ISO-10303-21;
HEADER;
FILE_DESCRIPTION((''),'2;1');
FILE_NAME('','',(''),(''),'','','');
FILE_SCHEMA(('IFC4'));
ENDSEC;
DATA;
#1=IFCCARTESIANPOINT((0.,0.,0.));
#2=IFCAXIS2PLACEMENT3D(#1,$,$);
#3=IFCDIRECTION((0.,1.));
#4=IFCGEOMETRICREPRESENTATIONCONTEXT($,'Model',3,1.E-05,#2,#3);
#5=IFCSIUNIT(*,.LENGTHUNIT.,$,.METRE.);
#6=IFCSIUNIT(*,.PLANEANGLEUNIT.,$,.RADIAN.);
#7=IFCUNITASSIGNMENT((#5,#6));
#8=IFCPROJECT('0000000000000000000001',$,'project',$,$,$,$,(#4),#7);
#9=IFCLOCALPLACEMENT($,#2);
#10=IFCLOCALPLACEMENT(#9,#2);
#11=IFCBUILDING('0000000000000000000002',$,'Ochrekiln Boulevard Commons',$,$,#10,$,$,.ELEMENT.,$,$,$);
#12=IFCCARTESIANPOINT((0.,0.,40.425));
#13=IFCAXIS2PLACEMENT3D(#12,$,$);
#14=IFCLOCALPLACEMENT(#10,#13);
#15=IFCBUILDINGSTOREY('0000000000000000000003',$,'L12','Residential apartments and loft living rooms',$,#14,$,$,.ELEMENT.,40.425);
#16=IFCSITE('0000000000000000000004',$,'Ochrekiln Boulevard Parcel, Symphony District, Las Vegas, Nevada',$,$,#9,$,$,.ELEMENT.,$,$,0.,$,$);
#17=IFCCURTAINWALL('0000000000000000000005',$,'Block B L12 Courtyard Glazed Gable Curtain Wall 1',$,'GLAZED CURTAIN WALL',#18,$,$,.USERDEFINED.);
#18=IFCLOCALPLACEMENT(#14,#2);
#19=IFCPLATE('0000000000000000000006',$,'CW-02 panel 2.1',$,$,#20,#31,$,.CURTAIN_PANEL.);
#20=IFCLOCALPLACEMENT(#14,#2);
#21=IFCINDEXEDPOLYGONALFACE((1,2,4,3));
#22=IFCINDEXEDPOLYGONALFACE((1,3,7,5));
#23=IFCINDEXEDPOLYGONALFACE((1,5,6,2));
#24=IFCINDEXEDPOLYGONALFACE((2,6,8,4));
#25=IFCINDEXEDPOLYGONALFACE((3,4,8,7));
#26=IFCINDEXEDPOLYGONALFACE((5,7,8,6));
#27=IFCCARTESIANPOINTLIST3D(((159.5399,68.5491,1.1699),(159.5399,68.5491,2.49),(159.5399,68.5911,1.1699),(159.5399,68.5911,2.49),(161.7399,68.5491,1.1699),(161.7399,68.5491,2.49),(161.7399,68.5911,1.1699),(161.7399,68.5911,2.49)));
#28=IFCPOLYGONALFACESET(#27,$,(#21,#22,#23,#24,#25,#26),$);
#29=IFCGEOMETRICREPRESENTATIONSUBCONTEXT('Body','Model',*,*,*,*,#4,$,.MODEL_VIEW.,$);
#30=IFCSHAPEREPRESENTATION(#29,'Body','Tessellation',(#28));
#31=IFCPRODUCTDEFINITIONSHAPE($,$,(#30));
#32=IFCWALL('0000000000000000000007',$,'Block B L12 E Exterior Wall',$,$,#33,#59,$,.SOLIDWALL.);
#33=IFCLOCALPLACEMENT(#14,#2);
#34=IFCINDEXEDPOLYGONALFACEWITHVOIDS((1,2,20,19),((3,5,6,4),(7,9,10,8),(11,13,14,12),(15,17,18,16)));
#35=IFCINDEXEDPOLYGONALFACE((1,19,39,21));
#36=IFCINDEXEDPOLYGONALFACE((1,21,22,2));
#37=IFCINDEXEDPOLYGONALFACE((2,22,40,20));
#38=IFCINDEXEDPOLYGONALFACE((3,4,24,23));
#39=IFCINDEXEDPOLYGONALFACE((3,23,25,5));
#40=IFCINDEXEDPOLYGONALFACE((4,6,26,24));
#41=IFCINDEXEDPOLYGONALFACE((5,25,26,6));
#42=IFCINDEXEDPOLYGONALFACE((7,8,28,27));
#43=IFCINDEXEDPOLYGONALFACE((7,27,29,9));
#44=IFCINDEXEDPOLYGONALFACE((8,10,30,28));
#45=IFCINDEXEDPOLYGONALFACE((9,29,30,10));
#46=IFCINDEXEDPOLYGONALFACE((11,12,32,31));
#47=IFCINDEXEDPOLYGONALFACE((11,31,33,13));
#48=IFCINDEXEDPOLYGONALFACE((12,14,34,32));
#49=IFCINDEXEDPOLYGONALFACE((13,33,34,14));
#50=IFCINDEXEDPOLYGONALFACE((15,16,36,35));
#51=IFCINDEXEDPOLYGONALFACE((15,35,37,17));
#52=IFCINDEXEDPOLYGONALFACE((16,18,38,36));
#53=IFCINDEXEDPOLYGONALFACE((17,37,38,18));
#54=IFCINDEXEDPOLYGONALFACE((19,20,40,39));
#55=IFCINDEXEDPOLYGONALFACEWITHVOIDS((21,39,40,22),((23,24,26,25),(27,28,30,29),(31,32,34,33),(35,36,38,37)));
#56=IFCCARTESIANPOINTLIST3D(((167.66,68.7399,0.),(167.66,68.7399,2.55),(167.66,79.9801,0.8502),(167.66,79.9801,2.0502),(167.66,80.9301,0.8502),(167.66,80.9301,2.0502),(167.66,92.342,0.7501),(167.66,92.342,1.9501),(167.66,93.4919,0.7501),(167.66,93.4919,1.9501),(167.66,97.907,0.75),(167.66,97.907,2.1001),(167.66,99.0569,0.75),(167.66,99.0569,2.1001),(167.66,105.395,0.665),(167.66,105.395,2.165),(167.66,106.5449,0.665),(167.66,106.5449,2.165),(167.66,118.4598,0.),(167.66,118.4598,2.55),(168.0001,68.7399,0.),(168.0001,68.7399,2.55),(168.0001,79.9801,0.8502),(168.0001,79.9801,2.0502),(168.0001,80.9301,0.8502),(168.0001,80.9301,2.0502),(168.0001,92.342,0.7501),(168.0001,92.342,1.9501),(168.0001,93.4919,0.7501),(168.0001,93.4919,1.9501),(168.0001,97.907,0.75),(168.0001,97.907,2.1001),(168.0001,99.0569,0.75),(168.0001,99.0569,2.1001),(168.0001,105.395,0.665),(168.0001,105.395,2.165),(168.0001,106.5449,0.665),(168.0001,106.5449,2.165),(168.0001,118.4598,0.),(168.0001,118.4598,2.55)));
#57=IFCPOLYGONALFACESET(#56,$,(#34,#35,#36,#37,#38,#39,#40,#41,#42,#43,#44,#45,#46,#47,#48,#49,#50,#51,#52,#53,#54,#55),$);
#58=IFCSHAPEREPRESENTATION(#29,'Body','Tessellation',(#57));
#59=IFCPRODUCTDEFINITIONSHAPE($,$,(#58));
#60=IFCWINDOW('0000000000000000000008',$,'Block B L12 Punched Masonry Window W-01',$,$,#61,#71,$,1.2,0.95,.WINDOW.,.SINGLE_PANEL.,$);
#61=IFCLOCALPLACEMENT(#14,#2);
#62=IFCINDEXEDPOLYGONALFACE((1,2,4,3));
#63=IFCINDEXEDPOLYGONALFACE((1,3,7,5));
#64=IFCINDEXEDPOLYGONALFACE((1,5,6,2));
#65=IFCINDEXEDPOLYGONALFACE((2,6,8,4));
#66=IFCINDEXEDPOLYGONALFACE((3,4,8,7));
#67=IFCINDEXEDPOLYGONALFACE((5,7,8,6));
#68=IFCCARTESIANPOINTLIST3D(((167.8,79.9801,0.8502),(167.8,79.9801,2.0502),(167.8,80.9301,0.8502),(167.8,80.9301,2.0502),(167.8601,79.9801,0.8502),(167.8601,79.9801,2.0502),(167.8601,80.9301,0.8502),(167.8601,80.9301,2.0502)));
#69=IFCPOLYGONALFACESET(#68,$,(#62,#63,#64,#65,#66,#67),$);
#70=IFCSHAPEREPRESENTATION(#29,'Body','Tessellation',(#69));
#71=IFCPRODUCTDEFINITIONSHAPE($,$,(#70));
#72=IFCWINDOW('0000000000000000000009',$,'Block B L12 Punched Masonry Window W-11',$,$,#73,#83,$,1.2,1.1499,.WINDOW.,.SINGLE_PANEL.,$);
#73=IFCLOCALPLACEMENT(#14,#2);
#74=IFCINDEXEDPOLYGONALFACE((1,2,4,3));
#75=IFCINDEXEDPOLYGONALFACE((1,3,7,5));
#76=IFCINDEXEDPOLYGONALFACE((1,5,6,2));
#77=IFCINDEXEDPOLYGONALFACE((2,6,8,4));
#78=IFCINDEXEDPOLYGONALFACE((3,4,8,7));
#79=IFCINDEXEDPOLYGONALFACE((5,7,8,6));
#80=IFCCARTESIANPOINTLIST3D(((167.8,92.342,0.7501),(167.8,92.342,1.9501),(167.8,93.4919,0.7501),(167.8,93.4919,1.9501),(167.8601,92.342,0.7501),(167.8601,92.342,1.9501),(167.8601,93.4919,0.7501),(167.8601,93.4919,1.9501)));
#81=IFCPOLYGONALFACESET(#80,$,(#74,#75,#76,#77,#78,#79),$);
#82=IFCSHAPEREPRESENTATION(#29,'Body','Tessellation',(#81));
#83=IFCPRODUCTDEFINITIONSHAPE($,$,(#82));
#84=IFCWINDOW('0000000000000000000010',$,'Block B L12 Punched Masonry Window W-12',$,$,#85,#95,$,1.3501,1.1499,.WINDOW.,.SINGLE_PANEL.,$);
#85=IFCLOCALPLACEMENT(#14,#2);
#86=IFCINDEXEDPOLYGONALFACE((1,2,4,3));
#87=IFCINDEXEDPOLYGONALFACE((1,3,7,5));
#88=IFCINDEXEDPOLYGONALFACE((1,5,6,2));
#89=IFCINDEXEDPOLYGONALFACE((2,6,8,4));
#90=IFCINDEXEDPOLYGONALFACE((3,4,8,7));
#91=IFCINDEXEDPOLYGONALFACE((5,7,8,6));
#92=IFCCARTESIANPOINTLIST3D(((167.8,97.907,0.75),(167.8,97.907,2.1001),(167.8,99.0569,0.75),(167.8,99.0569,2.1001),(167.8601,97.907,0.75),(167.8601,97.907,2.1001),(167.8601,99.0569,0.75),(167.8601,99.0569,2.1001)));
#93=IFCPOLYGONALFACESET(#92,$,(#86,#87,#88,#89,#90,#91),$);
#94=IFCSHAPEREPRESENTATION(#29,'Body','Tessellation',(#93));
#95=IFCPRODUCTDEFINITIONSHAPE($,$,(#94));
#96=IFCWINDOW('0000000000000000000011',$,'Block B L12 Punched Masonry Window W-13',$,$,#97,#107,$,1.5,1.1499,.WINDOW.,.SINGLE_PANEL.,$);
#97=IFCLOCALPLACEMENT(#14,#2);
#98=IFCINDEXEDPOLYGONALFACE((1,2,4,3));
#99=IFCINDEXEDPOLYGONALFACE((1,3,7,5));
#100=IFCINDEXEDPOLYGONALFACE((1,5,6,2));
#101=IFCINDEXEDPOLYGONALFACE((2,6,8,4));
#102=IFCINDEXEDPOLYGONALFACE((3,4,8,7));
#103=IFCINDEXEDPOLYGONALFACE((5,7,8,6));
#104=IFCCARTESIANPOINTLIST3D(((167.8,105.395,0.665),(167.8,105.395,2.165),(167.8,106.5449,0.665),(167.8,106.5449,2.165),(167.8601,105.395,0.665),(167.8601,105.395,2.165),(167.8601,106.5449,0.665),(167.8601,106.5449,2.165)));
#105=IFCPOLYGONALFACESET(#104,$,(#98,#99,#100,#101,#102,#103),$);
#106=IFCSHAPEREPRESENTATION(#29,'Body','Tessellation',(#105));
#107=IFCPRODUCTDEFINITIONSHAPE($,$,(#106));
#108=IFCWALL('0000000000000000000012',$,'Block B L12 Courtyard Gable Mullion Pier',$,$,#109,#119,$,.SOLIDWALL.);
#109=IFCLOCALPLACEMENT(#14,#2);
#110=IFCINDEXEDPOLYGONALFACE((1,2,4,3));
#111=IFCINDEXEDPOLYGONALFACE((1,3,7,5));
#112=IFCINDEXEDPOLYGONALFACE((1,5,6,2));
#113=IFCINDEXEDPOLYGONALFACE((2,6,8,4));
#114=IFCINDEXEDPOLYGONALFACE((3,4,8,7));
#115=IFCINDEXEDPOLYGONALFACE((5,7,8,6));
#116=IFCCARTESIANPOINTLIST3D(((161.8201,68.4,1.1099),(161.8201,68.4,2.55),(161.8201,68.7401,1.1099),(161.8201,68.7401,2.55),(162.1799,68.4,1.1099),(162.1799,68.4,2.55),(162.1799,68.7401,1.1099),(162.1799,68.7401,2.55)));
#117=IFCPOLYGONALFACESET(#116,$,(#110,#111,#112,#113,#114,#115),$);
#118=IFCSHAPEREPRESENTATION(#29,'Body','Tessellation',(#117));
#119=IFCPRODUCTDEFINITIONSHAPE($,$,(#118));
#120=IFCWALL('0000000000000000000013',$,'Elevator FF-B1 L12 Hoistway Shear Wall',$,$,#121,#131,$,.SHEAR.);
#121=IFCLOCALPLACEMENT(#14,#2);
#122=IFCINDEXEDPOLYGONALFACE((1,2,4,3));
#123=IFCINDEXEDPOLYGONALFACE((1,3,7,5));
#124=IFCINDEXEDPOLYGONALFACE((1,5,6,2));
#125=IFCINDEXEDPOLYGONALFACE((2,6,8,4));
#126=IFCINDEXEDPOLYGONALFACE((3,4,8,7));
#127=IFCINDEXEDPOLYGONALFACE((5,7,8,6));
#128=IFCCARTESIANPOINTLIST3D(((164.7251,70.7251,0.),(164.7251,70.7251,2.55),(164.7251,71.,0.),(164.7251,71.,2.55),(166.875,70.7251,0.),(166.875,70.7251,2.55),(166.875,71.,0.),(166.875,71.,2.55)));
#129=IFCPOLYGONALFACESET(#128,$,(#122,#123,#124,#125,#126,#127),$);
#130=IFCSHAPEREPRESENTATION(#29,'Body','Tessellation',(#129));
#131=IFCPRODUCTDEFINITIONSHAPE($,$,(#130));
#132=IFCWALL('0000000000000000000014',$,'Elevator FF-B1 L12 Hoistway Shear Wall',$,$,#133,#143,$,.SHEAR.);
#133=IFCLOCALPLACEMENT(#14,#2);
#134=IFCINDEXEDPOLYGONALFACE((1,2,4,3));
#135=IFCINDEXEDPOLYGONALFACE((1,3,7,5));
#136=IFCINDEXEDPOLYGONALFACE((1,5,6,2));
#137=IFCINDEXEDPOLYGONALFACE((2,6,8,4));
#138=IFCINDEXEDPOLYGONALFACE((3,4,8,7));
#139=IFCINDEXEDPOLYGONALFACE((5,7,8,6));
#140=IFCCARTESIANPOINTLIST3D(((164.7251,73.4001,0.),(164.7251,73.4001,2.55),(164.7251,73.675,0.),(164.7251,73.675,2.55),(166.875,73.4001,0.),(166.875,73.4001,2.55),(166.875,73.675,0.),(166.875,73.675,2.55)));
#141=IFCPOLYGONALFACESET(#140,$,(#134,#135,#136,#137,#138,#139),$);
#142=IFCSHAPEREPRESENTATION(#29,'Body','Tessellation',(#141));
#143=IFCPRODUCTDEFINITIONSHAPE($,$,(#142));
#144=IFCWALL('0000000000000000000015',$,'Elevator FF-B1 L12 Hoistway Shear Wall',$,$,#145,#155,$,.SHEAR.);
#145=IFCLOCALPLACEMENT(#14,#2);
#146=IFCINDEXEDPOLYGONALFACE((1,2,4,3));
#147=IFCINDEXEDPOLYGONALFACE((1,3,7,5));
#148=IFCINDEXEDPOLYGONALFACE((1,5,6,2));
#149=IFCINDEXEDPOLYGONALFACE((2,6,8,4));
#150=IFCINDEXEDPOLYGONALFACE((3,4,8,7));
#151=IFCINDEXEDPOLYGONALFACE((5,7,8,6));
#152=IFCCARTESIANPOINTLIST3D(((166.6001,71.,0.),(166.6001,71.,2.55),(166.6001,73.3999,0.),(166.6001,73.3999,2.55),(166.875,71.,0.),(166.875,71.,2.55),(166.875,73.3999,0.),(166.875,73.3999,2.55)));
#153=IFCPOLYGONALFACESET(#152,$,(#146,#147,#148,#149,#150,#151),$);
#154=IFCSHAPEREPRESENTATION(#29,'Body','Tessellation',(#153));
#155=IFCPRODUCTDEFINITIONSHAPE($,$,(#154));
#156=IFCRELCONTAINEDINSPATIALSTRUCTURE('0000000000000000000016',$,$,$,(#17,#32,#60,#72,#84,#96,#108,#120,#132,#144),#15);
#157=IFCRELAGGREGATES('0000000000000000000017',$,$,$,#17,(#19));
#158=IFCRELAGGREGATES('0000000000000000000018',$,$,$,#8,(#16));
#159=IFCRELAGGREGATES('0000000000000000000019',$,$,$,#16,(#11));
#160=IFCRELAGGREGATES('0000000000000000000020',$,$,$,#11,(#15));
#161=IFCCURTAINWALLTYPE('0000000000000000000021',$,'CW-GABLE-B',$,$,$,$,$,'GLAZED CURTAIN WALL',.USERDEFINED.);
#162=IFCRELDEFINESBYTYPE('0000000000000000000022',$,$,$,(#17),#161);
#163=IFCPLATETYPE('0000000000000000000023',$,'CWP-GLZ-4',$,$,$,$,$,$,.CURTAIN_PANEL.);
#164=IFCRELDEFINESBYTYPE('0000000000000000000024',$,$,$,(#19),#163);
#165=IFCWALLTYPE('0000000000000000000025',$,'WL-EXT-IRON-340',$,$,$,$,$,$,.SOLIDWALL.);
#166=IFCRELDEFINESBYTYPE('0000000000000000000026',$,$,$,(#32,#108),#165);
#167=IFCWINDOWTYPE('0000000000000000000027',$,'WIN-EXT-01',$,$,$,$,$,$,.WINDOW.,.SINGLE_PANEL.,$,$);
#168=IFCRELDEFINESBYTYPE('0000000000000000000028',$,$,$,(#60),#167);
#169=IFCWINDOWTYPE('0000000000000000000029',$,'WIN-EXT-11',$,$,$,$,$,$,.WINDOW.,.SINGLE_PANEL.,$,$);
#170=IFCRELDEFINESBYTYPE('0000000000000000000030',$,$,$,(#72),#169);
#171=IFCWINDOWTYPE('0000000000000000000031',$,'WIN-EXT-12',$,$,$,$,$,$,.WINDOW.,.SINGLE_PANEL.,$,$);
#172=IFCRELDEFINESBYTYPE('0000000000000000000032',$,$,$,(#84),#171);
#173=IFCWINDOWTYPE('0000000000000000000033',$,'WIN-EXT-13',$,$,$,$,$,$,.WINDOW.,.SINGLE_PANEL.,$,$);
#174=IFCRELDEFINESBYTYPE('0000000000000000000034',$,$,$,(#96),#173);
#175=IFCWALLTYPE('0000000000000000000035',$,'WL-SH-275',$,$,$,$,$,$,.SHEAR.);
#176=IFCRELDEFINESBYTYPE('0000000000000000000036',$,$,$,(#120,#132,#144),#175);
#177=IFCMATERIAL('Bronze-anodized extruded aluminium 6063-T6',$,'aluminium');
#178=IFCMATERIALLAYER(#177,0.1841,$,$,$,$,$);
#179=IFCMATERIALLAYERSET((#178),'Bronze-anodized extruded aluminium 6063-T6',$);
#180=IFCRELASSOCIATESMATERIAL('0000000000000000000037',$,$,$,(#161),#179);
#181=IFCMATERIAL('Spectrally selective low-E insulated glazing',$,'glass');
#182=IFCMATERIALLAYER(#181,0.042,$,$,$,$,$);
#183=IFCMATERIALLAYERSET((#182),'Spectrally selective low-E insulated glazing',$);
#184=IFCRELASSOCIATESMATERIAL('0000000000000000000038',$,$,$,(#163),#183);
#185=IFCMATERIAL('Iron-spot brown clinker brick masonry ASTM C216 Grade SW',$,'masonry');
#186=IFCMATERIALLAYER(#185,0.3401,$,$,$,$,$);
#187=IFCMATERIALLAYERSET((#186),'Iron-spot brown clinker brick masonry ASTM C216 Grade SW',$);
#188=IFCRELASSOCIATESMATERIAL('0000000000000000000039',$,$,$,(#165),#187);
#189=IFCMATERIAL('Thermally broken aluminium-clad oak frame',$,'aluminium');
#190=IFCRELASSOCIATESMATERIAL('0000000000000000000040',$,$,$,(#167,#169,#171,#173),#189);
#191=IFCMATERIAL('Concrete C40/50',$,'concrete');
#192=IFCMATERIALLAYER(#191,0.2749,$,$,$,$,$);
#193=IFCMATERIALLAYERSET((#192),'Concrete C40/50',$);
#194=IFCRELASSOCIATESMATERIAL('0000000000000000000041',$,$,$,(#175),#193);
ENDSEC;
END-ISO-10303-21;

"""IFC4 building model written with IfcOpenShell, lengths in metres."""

from ifc_helpers import new_model, si_unit, direction, frame, frame_2d, origin, origin_2d, place, context, subcontext, project, spatial, rectangle, extrude, material, layer, layer_set, type_object, element, fill, aggregate, save


model = new_model("IFC4")

# Units and contexts
model_context = context("Model", 3, precision=1e-05, world=origin(), true_north=direction((0.0, 1.0)))
body_context = subcontext(model_context, "Body", "Model", "MODEL_VIEW")
ifc_project = project(units=[si_unit("LENGTHUNIT", "METRE"), si_unit("PLANEANGLEUNIT", "RADIAN")], contexts=[model_context])

# Site, building, storey
site_placement = place(None, origin())
site = spatial("IfcSite", under=ifc_project, at=site_placement, Name="Ochrekiln Boulevard Parcel, Symphony District, Las Vegas, Nevada", CompositionType="ELEMENT", RefElevation=0.0)
building_placement = place(site_placement, origin())
building = spatial("IfcBuilding", under=site, at=building_placement, Name="Ochrekiln Boulevard Commons", CompositionType="ELEMENT")
storey_placement = place(building_placement, frame((0.0, 0.0, 40.425)))
storey = spatial("IfcBuildingStorey", under=building, at=storey_placement, Name="L12", Description="Residential apartments and loft living rooms", CompositionType="ELEMENT", Elevation=40.425)

# Curtain wall
ifc_material_1 = material(Name="Bronze-anodized extruded aluminium 6063-T6", Category="aluminium")
ifc_layer_1 = layer(ifc_material_1, 0.1841)
ifc_layer_set_1 = layer_set([ifc_layer_1], Name="Bronze-anodized extruded aluminium 6063-T6")
curtain_wall_type = type_object("IfcCurtainWallType", Name="CW-GABLE-B", ElementType="GLAZED CURTAIN WALL", PredefinedType="USERDEFINED", material=ifc_layer_set_1)
curtain_wall_1_placement = place(storey_placement, origin())
curtain_wall_1 = element("IfcCurtainWall", 1, at=curtain_wall_1_placement, inside=storey, type_object=curtain_wall_type, Name="Block B L12 Courtyard Glazed Gable Curtain Wall 1", ObjectType="GLAZED CURTAIN WALL", PredefinedType="USERDEFINED")

# Shared definitions
ifc_material_2 = material(Name="Concrete C40/50", Category="concrete")

# Plate
ifc_material_3 = material(Name="Spectrally selective low-E insulated glazing", Category="glass")
ifc_layer_2 = layer(ifc_material_3, 0.042)
ifc_layer_set_2 = layer_set([ifc_layer_2], Name="Spectrally selective low-E insulated glazing")
plate_type_1 = type_object("IfcPlateType", Name="CWP-GLZ-4", PredefinedType="CURTAIN_PANEL", material=ifc_layer_set_2)
plate_1_placement = place(storey_placement, frame((160.6399, 68.5701, 1.1699), z_axis=(0.0, 0.0, 1.0), x_axis=(1.0, 0.0, 0.0)))
plate_1 = element("IfcPlate", 2, at=plate_1_placement, type_object=plate_type_1, Name="CW-02 panel 2.1", PredefinedType="CURTAIN_PANEL", context=body_context, shape_type="SweptSolid", body=[
    extrude(rectangle(XDim=2.2, YDim=0.042, at=origin_2d()), origin(), (0.0, 0.0, 1.0), 1.3201),
])
aggregate(curtain_wall_1, [plate_1])

# Wall, openings, windows
ifc_material_4 = material(Name="Iron-spot brown clinker brick masonry ASTM C216 Grade SW", Category="masonry")
ifc_layer_3 = layer(ifc_material_4, 0.3401)
ifc_layer_set_3 = layer_set([ifc_layer_3], Name="Iron-spot brown clinker brick masonry ASTM C216 Grade SW")
wall_type_1 = type_object("IfcWallType", Name="WL-EXT-IRON-340", PredefinedType="SOLIDWALL", material=ifc_layer_set_3)
wall_1_placement = place(storey_placement, frame((167.8301, 68.74, 0.0), z_axis=(0.0, 0.0, 1.0), x_axis=(0.0, 1.0, 0.0)))
wall_1 = element("IfcWall", 3, at=wall_1_placement, inside=storey, type_object=wall_type_1, Name="Block B L12 E Exterior Wall", PredefinedType="SOLIDWALL", context=body_context, shape_type="SweptSolid", body=[
    extrude(rectangle(XDim=49.72, YDim=0.3401, at=frame_2d((24.8599, 0.0))), origin(), (0.0, 0.0, 1.0), 2.55),
])
opening_1_placement = place(wall_1_placement, frame((11.24, 0.0, 0.8501)))
opening_1 = element("IfcOpeningElement", 4, at=opening_1_placement, cuts=wall_1, PredefinedType="OPENING", context=body_context, shape_type="SweptSolid", body=[
    extrude(rectangle(XDim=0.95, YDim=1.2, at=frame_2d((0.4751, 0.6001))), frame((0.0, 0.1799, 0.0), z_axis=(0.0, -1.0, 0.0), x_axis=(1.0, 0.0, 0.0)), (0.0, 0.0, 1.0), 0.3601),
])
opening_2_placement = place(wall_1_placement, frame((23.6021, 0.0, 0.75)))
opening_2 = element("IfcOpeningElement", 5, at=opening_2_placement, cuts=wall_1, PredefinedType="OPENING", context=body_context, shape_type="SweptSolid", body=[
    extrude(rectangle(XDim=1.1499, YDim=1.2, at=frame_2d((0.575, 0.6001))), frame((0.0, 0.1799, 0.0), z_axis=(0.0, -1.0, 0.0), x_axis=(1.0, 0.0, 0.0)), (0.0, 0.0, 1.0), 0.3601),
])
opening_3_placement = place(wall_1_placement, frame((29.167, 0.0, 0.75)))
opening_3 = element("IfcOpeningElement", 6, at=opening_3_placement, cuts=wall_1, PredefinedType="OPENING", context=body_context, shape_type="SweptSolid", body=[
    extrude(rectangle(XDim=1.1499, YDim=1.3501, at=frame_2d((0.575, 0.675))), frame((0.0, 0.1799, 0.0), z_axis=(0.0, -1.0, 0.0), x_axis=(1.0, 0.0, 0.0)), (0.0, 0.0, 1.0), 0.3601),
])
opening_4_placement = place(wall_1_placement, frame((36.655, 0.0, 0.665)))
opening_4 = element("IfcOpeningElement", 7, at=opening_4_placement, cuts=wall_1, PredefinedType="OPENING", context=body_context, shape_type="SweptSolid", body=[
    extrude(rectangle(XDim=1.1499, YDim=1.5, at=frame_2d((0.575, 0.75))), frame((0.0, 0.1799, 0.0), z_axis=(0.0, -1.0, 0.0), x_axis=(1.0, 0.0, 0.0)), (0.0, 0.0, 1.0), 0.3601),
])
ifc_material_5 = material(Name="Thermally broken aluminium-clad oak frame", Category="aluminium")
window_type_1 = type_object("IfcWindowType", Name="WIN-EXT-01", PartitioningType="SINGLE_PANEL", PredefinedType="WINDOW", material=ifc_material_5)
window_1_placement = place(opening_1_placement, origin())
window_1 = element("IfcWindow", 8, at=window_1_placement, inside=storey, type_object=window_type_1, Name="Block B L12 Punched Masonry Window W-01", OverallHeight=1.2, OverallWidth=0.95, PartitioningType="SINGLE_PANEL", PredefinedType="WINDOW", context=body_context, shape_type="SweptSolid", body=[
    extrude(rectangle(XDim=0.95, YDim=1.2, at=frame_2d((0.4751, 0.6001))), frame((0.0, 0.03, 0.0), z_axis=(0.0, -1.0, 0.0), x_axis=(1.0, 0.0, 0.0)), (0.0, 0.0, 1.0), 0.0601),
])
fill(opening_1, window_1)
window_type_2 = type_object("IfcWindowType", Name="WIN-EXT-11", PartitioningType="SINGLE_PANEL", PredefinedType="WINDOW", material=ifc_material_5)
window_2_placement = place(opening_2_placement, origin())
window_2 = element("IfcWindow", 9, at=window_2_placement, inside=storey, type_object=window_type_2, Name="Block B L12 Punched Masonry Window W-11", OverallHeight=1.2, OverallWidth=1.1499, PartitioningType="SINGLE_PANEL", PredefinedType="WINDOW", context=body_context, shape_type="SweptSolid", body=[
    extrude(rectangle(XDim=1.1499, YDim=1.2, at=frame_2d((0.575, 0.6001))), frame((0.0, 0.03, 0.0), z_axis=(0.0, -1.0, 0.0), x_axis=(1.0, 0.0, 0.0)), (0.0, 0.0, 1.0), 0.0601),
])
fill(opening_2, window_2)
window_type_3 = type_object("IfcWindowType", Name="WIN-EXT-12", PartitioningType="SINGLE_PANEL", PredefinedType="WINDOW", material=ifc_material_5)
window_3_placement = place(opening_3_placement, origin())
window_3 = element("IfcWindow", 10, at=window_3_placement, inside=storey, type_object=window_type_3, Name="Block B L12 Punched Masonry Window W-12", OverallHeight=1.3501, OverallWidth=1.1499, PartitioningType="SINGLE_PANEL", PredefinedType="WINDOW", context=body_context, shape_type="SweptSolid", body=[
    extrude(rectangle(XDim=1.1499, YDim=1.3501, at=frame_2d((0.575, 0.675))), frame((0.0, 0.03, 0.0), z_axis=(0.0, -1.0, 0.0), x_axis=(1.0, 0.0, 0.0)), (0.0, 0.0, 1.0), 0.0601),
])
fill(opening_3, window_3)
window_type_4 = type_object("IfcWindowType", Name="WIN-EXT-13", PartitioningType="SINGLE_PANEL", PredefinedType="WINDOW", material=ifc_material_5)
window_4_placement = place(opening_4_placement, origin())
window_4 = element("IfcWindow", 11, at=window_4_placement, inside=storey, type_object=window_type_4, Name="Block B L12 Punched Masonry Window W-13", OverallHeight=1.5, OverallWidth=1.1499, PartitioningType="SINGLE_PANEL", PredefinedType="WINDOW", context=body_context, shape_type="SweptSolid", body=[
    extrude(rectangle(XDim=1.1499, YDim=1.5, at=frame_2d((0.575, 0.75))), frame((0.0, 0.03, 0.0), z_axis=(0.0, -1.0, 0.0), x_axis=(1.0, 0.0, 0.0)), (0.0, 0.0, 1.0), 0.0601),
])
fill(opening_4, window_4)

# Walls
wall_2_placement = place(storey_placement, frame((161.8201, 68.5701, 1.1099), z_axis=(0.0, 0.0, 1.0), x_axis=(1.0, 0.0, 0.0)))
element("IfcWall", 12, at=wall_2_placement, inside=storey, type_object=wall_type_1, Name="Block B L12 Courtyard Gable Mullion Pier", PredefinedType="SOLIDWALL", context=body_context, shape_type="SweptSolid", body=[
    extrude(rectangle(XDim=0.3599, YDim=0.3401, at=frame_2d((0.1799, 0.0))), origin(), (0.0, 0.0, 1.0), 1.4402),
])
ifc_layer_4 = layer(ifc_material_2, 0.2749)
ifc_layer_set_4 = layer_set([ifc_layer_4], Name="Concrete C40/50")
wall_type_2 = type_object("IfcWallType", Name="WL-SH-275", PredefinedType="SHEAR", material=ifc_layer_set_4)
for number, where, z_axis, x_axis, name in (
    (13, (164.7251, 70.8625, 0.0), (0.0, 0.0, 1.0), (1.0, 0.0, 0.0), "Elevator FF-B1 L12 Hoistway Shear Wall"),
    (14, (164.7251, 73.5376, 0.0), (0.0, 0.0, 1.0), (1.0, 0.0, 0.0), "Elevator FF-B1 L12 Hoistway Shear Wall"),
):
    element("IfcWall", number, at=place(storey_placement, frame(where, z_axis=z_axis, x_axis=x_axis)), inside=storey, type_object=wall_type_2, Name=name, PredefinedType="SHEAR", context=body_context, shape_type="SweptSolid", body=[
        extrude(rectangle(XDim=2.1499, YDim=0.2749, at=frame_2d((1.075, 0.0))), origin(), (0.0, 0.0, 1.0), 2.55),
    ])

# Wall
wall_3_placement = place(storey_placement, frame((166.7375, 71.0, 0.0), z_axis=(0.0, 0.0, 1.0), x_axis=(0.0, 1.0, 0.0)))
element("IfcWall", 15, at=wall_3_placement, inside=storey, type_object=wall_type_2, Name="Elevator FF-B1 L12 Hoistway Shear Wall", PredefinedType="SHEAR", context=body_context, shape_type="SweptSolid", body=[
    extrude(rectangle(XDim=2.3999, YDim=0.2749, at=frame_2d((1.2, 0.0))), origin(), (0.0, 0.0, 1.0), 2.55),
])

save(model, "model.ifc")
